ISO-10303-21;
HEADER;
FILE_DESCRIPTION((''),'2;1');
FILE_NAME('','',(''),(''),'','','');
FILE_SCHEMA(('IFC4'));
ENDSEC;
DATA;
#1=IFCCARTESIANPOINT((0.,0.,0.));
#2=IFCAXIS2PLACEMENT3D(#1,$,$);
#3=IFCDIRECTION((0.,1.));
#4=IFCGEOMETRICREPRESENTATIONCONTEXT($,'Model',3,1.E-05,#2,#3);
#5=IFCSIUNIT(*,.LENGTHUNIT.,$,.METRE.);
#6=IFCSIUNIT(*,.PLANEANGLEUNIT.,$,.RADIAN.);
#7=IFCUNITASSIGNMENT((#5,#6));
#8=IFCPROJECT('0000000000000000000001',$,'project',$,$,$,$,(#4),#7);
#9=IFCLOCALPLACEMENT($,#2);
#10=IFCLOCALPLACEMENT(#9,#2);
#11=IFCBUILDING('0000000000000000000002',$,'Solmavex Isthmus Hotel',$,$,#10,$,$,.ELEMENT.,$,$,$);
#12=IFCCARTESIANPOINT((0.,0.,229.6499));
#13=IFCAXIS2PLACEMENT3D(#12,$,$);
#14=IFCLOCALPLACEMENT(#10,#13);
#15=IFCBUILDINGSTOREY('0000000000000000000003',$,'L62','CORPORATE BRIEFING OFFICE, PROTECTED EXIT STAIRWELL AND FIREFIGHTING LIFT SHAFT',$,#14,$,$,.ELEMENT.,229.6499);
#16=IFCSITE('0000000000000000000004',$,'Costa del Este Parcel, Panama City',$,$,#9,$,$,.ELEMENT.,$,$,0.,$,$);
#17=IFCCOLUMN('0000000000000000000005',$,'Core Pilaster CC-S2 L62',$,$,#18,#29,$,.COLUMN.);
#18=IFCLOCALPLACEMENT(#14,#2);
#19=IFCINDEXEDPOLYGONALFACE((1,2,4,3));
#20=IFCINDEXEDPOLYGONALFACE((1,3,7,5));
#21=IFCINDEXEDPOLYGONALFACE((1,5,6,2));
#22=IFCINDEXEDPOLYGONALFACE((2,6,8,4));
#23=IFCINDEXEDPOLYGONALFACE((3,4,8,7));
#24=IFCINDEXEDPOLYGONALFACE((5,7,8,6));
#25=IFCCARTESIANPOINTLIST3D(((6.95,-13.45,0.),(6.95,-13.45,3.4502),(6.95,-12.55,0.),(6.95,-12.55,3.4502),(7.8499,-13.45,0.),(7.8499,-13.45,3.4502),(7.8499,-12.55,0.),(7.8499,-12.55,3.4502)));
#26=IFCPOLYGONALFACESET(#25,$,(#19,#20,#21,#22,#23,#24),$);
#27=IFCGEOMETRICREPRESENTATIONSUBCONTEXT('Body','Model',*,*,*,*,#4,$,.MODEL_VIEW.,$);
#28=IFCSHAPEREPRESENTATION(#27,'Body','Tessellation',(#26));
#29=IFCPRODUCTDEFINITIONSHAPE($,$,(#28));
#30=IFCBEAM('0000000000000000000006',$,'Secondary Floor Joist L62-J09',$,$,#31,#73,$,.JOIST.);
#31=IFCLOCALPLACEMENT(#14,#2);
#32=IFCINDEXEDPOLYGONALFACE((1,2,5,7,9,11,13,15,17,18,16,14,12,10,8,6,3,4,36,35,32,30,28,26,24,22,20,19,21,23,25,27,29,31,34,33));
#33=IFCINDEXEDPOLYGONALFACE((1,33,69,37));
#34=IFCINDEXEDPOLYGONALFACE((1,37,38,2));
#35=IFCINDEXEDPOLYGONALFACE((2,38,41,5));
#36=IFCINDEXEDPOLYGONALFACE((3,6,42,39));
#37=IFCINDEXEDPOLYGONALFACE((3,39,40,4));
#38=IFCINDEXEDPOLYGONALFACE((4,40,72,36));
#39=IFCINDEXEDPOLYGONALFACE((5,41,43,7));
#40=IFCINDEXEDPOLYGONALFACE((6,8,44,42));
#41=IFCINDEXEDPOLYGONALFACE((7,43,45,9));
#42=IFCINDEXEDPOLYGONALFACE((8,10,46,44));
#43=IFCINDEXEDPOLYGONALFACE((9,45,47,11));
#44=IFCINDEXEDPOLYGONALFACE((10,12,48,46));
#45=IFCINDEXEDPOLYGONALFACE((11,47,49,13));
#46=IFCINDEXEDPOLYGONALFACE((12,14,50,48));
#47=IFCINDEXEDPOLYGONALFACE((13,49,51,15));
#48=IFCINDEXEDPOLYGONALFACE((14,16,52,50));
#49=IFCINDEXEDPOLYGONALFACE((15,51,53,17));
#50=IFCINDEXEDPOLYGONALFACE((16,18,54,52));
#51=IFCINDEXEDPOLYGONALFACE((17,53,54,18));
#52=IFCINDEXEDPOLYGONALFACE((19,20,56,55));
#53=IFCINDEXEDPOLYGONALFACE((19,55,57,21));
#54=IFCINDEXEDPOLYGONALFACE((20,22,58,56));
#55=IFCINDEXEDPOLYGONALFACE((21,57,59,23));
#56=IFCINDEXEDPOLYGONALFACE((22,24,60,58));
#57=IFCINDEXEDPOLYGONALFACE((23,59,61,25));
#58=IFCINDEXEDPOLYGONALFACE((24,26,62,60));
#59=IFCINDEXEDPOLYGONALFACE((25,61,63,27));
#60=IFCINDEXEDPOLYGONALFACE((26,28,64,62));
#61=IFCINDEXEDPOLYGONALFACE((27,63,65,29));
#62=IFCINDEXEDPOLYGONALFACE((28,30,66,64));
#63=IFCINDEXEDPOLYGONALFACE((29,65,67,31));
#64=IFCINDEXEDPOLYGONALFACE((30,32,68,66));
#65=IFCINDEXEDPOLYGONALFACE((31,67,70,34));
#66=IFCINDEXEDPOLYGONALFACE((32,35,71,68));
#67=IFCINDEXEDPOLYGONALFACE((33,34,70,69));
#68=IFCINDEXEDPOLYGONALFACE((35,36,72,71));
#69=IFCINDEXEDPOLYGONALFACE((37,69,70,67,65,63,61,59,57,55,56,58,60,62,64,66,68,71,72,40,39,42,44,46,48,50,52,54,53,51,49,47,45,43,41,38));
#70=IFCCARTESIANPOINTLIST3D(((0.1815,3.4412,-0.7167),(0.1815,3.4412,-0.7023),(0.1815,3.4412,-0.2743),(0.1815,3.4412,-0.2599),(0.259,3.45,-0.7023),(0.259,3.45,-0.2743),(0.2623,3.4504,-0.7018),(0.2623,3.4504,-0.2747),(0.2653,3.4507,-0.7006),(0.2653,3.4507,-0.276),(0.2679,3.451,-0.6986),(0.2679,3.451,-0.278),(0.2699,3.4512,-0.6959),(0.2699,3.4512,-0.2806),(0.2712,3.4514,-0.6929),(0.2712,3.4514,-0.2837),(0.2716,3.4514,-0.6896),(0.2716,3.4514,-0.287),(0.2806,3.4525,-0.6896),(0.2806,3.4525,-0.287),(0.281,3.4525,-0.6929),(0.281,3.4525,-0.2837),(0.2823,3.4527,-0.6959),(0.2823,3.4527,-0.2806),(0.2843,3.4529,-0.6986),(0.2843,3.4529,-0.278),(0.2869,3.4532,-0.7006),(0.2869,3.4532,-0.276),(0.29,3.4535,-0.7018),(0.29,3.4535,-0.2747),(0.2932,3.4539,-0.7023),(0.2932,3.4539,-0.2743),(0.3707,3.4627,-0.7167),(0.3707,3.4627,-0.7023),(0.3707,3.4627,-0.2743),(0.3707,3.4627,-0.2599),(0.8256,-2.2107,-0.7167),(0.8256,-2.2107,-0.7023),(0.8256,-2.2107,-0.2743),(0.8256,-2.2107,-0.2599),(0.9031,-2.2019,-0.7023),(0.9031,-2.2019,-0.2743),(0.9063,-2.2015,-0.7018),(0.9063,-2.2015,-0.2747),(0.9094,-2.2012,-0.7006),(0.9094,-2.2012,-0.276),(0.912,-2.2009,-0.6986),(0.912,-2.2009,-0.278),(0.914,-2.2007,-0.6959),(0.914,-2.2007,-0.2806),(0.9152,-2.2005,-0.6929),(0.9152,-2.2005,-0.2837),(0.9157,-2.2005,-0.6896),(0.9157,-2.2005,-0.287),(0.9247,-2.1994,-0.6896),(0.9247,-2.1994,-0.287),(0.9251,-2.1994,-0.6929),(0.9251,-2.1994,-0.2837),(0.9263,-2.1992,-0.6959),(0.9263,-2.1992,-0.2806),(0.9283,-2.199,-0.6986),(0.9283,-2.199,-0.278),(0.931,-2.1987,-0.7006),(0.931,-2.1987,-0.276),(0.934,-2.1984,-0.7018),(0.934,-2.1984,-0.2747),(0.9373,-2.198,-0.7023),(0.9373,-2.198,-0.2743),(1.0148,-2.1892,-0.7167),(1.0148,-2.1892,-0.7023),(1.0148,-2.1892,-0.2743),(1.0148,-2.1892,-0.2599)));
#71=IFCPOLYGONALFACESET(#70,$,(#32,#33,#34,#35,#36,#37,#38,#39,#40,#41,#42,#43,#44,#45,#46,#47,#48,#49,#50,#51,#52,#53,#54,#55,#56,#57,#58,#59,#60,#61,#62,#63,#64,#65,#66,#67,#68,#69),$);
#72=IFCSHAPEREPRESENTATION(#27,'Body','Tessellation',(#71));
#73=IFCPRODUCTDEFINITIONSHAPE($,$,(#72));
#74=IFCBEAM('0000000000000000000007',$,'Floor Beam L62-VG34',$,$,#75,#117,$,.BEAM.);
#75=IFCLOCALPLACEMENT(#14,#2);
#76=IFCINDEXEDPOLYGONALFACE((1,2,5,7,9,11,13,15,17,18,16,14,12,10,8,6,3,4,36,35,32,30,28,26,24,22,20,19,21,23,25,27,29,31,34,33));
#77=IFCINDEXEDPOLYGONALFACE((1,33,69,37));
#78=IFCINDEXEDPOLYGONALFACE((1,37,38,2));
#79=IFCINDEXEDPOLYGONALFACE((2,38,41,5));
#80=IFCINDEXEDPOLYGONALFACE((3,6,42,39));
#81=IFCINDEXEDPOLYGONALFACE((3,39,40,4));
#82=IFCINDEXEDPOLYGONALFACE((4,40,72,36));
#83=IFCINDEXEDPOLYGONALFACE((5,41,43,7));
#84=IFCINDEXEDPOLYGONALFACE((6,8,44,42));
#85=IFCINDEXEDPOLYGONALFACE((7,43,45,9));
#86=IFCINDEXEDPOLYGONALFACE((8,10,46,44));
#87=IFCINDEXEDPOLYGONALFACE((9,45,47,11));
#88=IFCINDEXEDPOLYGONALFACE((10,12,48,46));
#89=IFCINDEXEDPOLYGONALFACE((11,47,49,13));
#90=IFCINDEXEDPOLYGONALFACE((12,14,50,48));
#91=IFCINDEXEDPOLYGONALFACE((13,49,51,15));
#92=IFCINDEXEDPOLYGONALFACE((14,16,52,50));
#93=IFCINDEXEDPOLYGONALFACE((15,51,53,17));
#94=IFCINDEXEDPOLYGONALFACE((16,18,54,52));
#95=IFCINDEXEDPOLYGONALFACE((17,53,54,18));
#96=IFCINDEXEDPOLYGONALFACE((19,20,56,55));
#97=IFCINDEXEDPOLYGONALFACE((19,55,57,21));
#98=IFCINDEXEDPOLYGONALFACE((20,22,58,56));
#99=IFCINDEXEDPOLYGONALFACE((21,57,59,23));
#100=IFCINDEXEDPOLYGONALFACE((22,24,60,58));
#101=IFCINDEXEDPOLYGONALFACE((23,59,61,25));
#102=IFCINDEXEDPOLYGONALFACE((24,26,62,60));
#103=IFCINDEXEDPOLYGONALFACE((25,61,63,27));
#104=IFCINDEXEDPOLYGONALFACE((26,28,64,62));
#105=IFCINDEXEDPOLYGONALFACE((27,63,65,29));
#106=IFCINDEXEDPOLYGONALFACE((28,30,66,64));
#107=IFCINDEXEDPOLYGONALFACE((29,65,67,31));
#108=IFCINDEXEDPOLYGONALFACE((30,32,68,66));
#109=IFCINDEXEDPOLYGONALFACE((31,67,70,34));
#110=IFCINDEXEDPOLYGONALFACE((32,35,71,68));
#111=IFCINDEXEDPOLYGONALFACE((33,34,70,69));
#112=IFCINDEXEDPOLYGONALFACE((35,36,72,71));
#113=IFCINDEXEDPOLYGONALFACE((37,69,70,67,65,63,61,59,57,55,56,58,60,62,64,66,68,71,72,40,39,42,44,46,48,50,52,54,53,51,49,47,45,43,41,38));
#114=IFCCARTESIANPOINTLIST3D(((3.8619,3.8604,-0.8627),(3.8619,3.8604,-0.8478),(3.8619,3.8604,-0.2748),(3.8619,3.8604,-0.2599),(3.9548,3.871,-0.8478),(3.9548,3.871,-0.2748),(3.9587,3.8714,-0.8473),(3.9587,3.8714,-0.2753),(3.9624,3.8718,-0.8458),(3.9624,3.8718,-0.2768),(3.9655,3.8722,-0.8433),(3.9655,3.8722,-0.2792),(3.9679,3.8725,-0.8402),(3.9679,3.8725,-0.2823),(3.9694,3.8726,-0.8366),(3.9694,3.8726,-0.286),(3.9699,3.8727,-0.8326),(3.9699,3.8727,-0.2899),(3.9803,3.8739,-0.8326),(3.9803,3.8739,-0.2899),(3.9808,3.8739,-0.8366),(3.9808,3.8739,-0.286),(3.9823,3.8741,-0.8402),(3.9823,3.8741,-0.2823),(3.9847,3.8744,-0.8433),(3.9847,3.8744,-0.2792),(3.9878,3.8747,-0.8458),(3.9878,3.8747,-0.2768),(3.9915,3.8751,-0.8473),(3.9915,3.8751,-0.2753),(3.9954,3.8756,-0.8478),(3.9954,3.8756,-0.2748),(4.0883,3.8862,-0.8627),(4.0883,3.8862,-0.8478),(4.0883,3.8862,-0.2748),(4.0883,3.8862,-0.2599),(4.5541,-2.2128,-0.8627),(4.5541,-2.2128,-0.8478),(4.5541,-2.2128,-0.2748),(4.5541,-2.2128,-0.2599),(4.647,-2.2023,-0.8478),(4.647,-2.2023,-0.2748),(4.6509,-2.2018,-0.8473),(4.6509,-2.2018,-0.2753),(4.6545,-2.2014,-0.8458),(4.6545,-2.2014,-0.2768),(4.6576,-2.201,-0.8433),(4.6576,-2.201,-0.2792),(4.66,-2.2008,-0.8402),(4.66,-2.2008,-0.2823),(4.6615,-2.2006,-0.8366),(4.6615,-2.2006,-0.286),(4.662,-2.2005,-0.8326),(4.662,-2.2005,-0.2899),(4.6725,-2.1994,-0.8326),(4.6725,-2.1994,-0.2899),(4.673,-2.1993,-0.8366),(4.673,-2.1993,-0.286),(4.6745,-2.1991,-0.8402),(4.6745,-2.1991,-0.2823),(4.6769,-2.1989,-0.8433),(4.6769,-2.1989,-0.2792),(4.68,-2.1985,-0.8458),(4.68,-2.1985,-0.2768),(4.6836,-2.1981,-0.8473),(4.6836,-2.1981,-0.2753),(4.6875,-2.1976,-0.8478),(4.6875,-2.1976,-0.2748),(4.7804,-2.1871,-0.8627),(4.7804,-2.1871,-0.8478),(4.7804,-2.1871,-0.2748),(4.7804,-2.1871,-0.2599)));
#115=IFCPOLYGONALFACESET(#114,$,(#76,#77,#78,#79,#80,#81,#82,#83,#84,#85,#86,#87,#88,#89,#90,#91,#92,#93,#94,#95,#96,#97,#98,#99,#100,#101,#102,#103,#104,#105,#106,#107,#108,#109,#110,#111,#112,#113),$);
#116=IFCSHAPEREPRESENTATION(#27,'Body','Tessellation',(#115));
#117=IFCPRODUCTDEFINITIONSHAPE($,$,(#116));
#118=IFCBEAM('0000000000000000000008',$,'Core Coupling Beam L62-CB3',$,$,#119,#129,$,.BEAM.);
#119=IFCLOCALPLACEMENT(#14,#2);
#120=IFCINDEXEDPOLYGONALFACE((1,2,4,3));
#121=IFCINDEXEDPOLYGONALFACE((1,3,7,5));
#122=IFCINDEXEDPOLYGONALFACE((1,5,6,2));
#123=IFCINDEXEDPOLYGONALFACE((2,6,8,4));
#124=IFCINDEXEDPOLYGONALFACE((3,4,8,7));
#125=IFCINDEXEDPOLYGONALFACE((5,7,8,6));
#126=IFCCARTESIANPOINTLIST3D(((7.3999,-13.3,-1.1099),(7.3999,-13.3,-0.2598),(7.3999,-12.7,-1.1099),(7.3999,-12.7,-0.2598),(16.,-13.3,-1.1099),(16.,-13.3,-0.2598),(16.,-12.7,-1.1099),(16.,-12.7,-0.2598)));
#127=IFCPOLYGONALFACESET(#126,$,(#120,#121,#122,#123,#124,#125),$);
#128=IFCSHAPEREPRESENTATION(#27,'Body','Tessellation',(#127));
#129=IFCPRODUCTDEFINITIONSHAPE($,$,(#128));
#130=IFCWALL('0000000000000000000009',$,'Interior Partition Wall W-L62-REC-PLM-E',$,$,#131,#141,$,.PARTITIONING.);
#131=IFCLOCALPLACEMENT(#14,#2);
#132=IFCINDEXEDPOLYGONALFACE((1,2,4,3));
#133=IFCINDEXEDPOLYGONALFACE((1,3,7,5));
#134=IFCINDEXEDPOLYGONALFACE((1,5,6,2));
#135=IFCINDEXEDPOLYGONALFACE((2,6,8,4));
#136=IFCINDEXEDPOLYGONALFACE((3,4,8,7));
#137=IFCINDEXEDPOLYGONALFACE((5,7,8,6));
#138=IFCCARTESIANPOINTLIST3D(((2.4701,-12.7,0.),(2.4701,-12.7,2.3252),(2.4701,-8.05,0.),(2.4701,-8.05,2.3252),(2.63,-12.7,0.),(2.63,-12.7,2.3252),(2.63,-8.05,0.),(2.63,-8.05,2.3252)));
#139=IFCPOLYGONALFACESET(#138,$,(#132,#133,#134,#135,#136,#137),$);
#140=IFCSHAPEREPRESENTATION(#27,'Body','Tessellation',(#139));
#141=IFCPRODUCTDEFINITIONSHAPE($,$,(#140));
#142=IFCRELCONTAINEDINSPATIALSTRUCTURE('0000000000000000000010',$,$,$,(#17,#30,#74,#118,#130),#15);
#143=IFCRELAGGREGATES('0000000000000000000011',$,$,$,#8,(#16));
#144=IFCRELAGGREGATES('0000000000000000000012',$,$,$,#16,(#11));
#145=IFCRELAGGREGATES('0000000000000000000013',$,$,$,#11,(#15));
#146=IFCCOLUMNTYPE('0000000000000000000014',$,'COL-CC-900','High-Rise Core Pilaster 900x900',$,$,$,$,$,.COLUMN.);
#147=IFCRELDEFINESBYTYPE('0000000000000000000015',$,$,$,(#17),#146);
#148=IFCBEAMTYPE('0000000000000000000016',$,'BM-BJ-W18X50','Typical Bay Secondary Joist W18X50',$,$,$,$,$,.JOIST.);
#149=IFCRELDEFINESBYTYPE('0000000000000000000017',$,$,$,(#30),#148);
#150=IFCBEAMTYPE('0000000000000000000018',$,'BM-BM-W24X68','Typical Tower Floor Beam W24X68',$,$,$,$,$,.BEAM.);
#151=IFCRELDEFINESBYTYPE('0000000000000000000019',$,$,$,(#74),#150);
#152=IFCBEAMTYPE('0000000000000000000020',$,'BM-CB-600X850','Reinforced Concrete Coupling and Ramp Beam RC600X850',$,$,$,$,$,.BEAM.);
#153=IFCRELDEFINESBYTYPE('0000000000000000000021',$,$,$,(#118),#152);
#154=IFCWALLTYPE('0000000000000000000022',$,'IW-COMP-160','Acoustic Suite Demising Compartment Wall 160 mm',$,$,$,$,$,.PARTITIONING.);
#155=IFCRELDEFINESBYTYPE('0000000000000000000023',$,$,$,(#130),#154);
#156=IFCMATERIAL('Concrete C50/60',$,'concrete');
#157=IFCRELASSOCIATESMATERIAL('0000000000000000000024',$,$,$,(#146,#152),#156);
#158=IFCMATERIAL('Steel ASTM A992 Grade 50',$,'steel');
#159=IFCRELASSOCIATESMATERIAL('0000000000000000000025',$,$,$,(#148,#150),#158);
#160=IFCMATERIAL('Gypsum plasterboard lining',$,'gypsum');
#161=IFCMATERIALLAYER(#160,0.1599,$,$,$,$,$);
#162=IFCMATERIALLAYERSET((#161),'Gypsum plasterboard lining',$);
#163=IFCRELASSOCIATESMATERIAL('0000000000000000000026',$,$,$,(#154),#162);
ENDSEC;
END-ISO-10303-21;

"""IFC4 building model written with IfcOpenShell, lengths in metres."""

from ifc_helpers import new_model, si_unit, direction, frame, frame_2d, origin, origin_2d, place, context, subcontext, project, spatial, rectangle, i_section, extrude, material, layer, layer_set, material_profile, profile_set, type_object, element, save


model = new_model("IFC4")

# Units and contexts
model_context = context("Model", 3, precision=1e-05, world=origin(), true_north=direction((0.0, 1.0)))
body_context = subcontext(model_context, "Body", "Model", "MODEL_VIEW")
ifc_project = project(units=[si_unit("LENGTHUNIT", "METRE"), si_unit("PLANEANGLEUNIT", "RADIAN")], contexts=[model_context])

# Site, building, storey
site_placement = place(None, origin())
site = spatial("IfcSite", under=ifc_project, at=site_placement, Name="Costa del Este Parcel, Panama City", CompositionType="ELEMENT", RefElevation=0.0)
building_placement = place(site_placement, origin())
building = spatial("IfcBuilding", under=site, at=building_placement, Name="Solmavex Isthmus Hotel", CompositionType="ELEMENT")
storey_placement = place(building_placement, frame((0.0, 0.0, 229.6499)))
storey = spatial("IfcBuildingStorey", under=building, at=storey_placement, Name="L62", Description="CORPORATE BRIEFING OFFICE, PROTECTED EXIT STAIRWELL AND FIREFIGHTING LIFT SHAFT", CompositionType="ELEMENT", Elevation=229.6499)

# Column
ifc_material_1 = material(Name="Concrete C50/60", Category="concrete")
ifc_material_profile_1 = material_profile(ifc_material_1, rectangle(XDim=0.8999, YDim=0.8999, at=origin_2d()), Name="RC900X900")
ifc_profile_set_1 = profile_set([ifc_material_profile_1], Name="Concrete C50/60")
column_type = type_object("IfcColumnType", Name="COL-CC-900", Description="High-Rise Core Pilaster 900x900", PredefinedType="COLUMN", material=ifc_profile_set_1)
column_placement = place(storey_placement, frame((7.3999, -13.0, 0.0), z_axis=(0.0, 0.0, 1.0), x_axis=(1.0, 0.0, 0.0)))
element("IfcColumn", 1, at=column_placement, inside=storey, type_object=column_type, Name="Core Pilaster CC-S2 L62", PredefinedType="COLUMN", context=body_context, shape_type="SweptSolid", body=[
    extrude(rectangle(XDim=0.8999, YDim=0.8999, at=origin_2d()), origin(), (0.0, 0.0, 1.0), 3.4502),
])

# Beams
ifc_material_2 = material(Name="Steel ASTM A992 Grade 50", Category="steel")
ifc_material_profile_2 = material_profile(ifc_material_2, i_section(OverallWidth=0.1904, OverallDepth=0.4568, WebThickness=0.009, FlangeThickness=0.0144, FilletRadius=0.0127, at=origin_2d()), Name="W18X50")
ifc_profile_set_2 = profile_set([ifc_material_profile_2], Name="Steel ASTM A992 Grade 50")
beam_type_1 = type_object("IfcBeamType", Name="BM-BJ-W18X50", Description="Typical Bay Secondary Joist W18X50", PredefinedType="JOIST", material=ifc_profile_set_2)
beam_1_placement = place(storey_placement, frame((0.9202, -2.2, -0.4883), z_axis=(-0.11322, 0.99357, 0.0), x_axis=(-0.99357, -0.11322, 0.0)))
element("IfcBeam", 2, at=beam_1_placement, inside=storey, type_object=beam_type_1, Name="Secondary Floor Joist L62-J09", PredefinedType="JOIST", context=body_context, shape_type="SweptSolid", body=[
    extrude(i_section(OverallWidth=0.1904, OverallDepth=0.4568, WebThickness=0.009, FlangeThickness=0.0144, FilletRadius=0.0127, at=origin_2d()), origin(), (0.0, 0.0, 1.0), 5.6885),
])
ifc_material_profile_3 = material_profile(ifc_material_2, i_section(OverallWidth=0.2278, OverallDepth=0.6028, WebThickness=0.0105, FlangeThickness=0.0149, FilletRadius=0.0151, at=origin_2d()), Name="W24X68")
ifc_profile_set_3 = profile_set([ifc_material_profile_3], Name="Steel ASTM A992 Grade 50")
beam_type_2 = type_object("IfcBeamType", Name="BM-BM-W24X68", Description="Typical Tower Floor Beam W24X68", PredefinedType="BEAM", material=ifc_profile_set_3)
beam_2_placement = place(storey_placement, frame((4.6672, -2.2, -0.5613), z_axis=(-0.113232, 0.993569, 0.0), x_axis=(-0.993569, -0.113232, 0.0)))
element("IfcBeam", 3, at=beam_2_placement, inside=storey, type_object=beam_type_2, Name="Floor Beam L62-VG34", PredefinedType="BEAM", context=body_context, shape_type="SweptSolid", body=[
    extrude(i_section(OverallWidth=0.2278, OverallDepth=0.6028, WebThickness=0.0105, FlangeThickness=0.0149, FilletRadius=0.0151, at=origin_2d()), origin(), (0.0, 0.0, 1.0), 6.1125),
])
ifc_material_profile_4 = material_profile(ifc_material_1, rectangle(XDim=0.6001, YDim=0.8501, at=origin_2d()), Name="RC600X850")
ifc_profile_set_4 = profile_set([ifc_material_profile_4], Name="Concrete C50/60")
beam_type_3 = type_object("IfcBeamType", Name="BM-CB-600X850", Description="Reinforced Concrete Coupling and Ramp Beam RC600X850", PredefinedType="BEAM", material=ifc_profile_set_4)
beam_3_placement = place(storey_placement, frame((7.3999, -13.0, -0.6848), z_axis=(1.0, 0.0, 0.0), x_axis=(0.0, 1.0, 0.0)))
element("IfcBeam", 4, at=beam_3_placement, inside=storey, type_object=beam_type_3, Name="Core Coupling Beam L62-CB3", PredefinedType="BEAM", context=body_context, shape_type="SweptSolid", body=[
    extrude(rectangle(XDim=0.6001, YDim=0.8501, at=origin_2d()), origin(), (0.0, 0.0, 1.0), 8.6001),
])

# Wall
ifc_material_3 = material(Name="Gypsum plasterboard lining", Category="gypsum")
ifc_layer_1 = layer(ifc_material_3, 0.1599)
ifc_layer_set_1 = layer_set([ifc_layer_1], Name="Gypsum plasterboard lining")
wall_type_1 = type_object("IfcWallType", Name="IW-COMP-160", Description="Acoustic Suite Demising Compartment Wall 160 mm", PredefinedType="PARTITIONING", material=ifc_layer_set_1)
wall_1_placement = place(storey_placement, frame((2.55, -12.7, 0.0), z_axis=(0.0, 0.0, 1.0), x_axis=(0.0, 1.0, 0.0)))
element("IfcWall", 5, at=wall_1_placement, inside=storey, type_object=wall_type_1, Name="Interior Partition Wall W-L62-REC-PLM-E", PredefinedType="PARTITIONING", context=body_context, shape_type="SweptSolid", body=[
    extrude(rectangle(XDim=4.6499, YDim=0.1599, at=frame_2d((2.325, 0.0))), origin(), (0.0, 0.0, 1.0), 2.3252),
])

save(model, "model.ifc")
